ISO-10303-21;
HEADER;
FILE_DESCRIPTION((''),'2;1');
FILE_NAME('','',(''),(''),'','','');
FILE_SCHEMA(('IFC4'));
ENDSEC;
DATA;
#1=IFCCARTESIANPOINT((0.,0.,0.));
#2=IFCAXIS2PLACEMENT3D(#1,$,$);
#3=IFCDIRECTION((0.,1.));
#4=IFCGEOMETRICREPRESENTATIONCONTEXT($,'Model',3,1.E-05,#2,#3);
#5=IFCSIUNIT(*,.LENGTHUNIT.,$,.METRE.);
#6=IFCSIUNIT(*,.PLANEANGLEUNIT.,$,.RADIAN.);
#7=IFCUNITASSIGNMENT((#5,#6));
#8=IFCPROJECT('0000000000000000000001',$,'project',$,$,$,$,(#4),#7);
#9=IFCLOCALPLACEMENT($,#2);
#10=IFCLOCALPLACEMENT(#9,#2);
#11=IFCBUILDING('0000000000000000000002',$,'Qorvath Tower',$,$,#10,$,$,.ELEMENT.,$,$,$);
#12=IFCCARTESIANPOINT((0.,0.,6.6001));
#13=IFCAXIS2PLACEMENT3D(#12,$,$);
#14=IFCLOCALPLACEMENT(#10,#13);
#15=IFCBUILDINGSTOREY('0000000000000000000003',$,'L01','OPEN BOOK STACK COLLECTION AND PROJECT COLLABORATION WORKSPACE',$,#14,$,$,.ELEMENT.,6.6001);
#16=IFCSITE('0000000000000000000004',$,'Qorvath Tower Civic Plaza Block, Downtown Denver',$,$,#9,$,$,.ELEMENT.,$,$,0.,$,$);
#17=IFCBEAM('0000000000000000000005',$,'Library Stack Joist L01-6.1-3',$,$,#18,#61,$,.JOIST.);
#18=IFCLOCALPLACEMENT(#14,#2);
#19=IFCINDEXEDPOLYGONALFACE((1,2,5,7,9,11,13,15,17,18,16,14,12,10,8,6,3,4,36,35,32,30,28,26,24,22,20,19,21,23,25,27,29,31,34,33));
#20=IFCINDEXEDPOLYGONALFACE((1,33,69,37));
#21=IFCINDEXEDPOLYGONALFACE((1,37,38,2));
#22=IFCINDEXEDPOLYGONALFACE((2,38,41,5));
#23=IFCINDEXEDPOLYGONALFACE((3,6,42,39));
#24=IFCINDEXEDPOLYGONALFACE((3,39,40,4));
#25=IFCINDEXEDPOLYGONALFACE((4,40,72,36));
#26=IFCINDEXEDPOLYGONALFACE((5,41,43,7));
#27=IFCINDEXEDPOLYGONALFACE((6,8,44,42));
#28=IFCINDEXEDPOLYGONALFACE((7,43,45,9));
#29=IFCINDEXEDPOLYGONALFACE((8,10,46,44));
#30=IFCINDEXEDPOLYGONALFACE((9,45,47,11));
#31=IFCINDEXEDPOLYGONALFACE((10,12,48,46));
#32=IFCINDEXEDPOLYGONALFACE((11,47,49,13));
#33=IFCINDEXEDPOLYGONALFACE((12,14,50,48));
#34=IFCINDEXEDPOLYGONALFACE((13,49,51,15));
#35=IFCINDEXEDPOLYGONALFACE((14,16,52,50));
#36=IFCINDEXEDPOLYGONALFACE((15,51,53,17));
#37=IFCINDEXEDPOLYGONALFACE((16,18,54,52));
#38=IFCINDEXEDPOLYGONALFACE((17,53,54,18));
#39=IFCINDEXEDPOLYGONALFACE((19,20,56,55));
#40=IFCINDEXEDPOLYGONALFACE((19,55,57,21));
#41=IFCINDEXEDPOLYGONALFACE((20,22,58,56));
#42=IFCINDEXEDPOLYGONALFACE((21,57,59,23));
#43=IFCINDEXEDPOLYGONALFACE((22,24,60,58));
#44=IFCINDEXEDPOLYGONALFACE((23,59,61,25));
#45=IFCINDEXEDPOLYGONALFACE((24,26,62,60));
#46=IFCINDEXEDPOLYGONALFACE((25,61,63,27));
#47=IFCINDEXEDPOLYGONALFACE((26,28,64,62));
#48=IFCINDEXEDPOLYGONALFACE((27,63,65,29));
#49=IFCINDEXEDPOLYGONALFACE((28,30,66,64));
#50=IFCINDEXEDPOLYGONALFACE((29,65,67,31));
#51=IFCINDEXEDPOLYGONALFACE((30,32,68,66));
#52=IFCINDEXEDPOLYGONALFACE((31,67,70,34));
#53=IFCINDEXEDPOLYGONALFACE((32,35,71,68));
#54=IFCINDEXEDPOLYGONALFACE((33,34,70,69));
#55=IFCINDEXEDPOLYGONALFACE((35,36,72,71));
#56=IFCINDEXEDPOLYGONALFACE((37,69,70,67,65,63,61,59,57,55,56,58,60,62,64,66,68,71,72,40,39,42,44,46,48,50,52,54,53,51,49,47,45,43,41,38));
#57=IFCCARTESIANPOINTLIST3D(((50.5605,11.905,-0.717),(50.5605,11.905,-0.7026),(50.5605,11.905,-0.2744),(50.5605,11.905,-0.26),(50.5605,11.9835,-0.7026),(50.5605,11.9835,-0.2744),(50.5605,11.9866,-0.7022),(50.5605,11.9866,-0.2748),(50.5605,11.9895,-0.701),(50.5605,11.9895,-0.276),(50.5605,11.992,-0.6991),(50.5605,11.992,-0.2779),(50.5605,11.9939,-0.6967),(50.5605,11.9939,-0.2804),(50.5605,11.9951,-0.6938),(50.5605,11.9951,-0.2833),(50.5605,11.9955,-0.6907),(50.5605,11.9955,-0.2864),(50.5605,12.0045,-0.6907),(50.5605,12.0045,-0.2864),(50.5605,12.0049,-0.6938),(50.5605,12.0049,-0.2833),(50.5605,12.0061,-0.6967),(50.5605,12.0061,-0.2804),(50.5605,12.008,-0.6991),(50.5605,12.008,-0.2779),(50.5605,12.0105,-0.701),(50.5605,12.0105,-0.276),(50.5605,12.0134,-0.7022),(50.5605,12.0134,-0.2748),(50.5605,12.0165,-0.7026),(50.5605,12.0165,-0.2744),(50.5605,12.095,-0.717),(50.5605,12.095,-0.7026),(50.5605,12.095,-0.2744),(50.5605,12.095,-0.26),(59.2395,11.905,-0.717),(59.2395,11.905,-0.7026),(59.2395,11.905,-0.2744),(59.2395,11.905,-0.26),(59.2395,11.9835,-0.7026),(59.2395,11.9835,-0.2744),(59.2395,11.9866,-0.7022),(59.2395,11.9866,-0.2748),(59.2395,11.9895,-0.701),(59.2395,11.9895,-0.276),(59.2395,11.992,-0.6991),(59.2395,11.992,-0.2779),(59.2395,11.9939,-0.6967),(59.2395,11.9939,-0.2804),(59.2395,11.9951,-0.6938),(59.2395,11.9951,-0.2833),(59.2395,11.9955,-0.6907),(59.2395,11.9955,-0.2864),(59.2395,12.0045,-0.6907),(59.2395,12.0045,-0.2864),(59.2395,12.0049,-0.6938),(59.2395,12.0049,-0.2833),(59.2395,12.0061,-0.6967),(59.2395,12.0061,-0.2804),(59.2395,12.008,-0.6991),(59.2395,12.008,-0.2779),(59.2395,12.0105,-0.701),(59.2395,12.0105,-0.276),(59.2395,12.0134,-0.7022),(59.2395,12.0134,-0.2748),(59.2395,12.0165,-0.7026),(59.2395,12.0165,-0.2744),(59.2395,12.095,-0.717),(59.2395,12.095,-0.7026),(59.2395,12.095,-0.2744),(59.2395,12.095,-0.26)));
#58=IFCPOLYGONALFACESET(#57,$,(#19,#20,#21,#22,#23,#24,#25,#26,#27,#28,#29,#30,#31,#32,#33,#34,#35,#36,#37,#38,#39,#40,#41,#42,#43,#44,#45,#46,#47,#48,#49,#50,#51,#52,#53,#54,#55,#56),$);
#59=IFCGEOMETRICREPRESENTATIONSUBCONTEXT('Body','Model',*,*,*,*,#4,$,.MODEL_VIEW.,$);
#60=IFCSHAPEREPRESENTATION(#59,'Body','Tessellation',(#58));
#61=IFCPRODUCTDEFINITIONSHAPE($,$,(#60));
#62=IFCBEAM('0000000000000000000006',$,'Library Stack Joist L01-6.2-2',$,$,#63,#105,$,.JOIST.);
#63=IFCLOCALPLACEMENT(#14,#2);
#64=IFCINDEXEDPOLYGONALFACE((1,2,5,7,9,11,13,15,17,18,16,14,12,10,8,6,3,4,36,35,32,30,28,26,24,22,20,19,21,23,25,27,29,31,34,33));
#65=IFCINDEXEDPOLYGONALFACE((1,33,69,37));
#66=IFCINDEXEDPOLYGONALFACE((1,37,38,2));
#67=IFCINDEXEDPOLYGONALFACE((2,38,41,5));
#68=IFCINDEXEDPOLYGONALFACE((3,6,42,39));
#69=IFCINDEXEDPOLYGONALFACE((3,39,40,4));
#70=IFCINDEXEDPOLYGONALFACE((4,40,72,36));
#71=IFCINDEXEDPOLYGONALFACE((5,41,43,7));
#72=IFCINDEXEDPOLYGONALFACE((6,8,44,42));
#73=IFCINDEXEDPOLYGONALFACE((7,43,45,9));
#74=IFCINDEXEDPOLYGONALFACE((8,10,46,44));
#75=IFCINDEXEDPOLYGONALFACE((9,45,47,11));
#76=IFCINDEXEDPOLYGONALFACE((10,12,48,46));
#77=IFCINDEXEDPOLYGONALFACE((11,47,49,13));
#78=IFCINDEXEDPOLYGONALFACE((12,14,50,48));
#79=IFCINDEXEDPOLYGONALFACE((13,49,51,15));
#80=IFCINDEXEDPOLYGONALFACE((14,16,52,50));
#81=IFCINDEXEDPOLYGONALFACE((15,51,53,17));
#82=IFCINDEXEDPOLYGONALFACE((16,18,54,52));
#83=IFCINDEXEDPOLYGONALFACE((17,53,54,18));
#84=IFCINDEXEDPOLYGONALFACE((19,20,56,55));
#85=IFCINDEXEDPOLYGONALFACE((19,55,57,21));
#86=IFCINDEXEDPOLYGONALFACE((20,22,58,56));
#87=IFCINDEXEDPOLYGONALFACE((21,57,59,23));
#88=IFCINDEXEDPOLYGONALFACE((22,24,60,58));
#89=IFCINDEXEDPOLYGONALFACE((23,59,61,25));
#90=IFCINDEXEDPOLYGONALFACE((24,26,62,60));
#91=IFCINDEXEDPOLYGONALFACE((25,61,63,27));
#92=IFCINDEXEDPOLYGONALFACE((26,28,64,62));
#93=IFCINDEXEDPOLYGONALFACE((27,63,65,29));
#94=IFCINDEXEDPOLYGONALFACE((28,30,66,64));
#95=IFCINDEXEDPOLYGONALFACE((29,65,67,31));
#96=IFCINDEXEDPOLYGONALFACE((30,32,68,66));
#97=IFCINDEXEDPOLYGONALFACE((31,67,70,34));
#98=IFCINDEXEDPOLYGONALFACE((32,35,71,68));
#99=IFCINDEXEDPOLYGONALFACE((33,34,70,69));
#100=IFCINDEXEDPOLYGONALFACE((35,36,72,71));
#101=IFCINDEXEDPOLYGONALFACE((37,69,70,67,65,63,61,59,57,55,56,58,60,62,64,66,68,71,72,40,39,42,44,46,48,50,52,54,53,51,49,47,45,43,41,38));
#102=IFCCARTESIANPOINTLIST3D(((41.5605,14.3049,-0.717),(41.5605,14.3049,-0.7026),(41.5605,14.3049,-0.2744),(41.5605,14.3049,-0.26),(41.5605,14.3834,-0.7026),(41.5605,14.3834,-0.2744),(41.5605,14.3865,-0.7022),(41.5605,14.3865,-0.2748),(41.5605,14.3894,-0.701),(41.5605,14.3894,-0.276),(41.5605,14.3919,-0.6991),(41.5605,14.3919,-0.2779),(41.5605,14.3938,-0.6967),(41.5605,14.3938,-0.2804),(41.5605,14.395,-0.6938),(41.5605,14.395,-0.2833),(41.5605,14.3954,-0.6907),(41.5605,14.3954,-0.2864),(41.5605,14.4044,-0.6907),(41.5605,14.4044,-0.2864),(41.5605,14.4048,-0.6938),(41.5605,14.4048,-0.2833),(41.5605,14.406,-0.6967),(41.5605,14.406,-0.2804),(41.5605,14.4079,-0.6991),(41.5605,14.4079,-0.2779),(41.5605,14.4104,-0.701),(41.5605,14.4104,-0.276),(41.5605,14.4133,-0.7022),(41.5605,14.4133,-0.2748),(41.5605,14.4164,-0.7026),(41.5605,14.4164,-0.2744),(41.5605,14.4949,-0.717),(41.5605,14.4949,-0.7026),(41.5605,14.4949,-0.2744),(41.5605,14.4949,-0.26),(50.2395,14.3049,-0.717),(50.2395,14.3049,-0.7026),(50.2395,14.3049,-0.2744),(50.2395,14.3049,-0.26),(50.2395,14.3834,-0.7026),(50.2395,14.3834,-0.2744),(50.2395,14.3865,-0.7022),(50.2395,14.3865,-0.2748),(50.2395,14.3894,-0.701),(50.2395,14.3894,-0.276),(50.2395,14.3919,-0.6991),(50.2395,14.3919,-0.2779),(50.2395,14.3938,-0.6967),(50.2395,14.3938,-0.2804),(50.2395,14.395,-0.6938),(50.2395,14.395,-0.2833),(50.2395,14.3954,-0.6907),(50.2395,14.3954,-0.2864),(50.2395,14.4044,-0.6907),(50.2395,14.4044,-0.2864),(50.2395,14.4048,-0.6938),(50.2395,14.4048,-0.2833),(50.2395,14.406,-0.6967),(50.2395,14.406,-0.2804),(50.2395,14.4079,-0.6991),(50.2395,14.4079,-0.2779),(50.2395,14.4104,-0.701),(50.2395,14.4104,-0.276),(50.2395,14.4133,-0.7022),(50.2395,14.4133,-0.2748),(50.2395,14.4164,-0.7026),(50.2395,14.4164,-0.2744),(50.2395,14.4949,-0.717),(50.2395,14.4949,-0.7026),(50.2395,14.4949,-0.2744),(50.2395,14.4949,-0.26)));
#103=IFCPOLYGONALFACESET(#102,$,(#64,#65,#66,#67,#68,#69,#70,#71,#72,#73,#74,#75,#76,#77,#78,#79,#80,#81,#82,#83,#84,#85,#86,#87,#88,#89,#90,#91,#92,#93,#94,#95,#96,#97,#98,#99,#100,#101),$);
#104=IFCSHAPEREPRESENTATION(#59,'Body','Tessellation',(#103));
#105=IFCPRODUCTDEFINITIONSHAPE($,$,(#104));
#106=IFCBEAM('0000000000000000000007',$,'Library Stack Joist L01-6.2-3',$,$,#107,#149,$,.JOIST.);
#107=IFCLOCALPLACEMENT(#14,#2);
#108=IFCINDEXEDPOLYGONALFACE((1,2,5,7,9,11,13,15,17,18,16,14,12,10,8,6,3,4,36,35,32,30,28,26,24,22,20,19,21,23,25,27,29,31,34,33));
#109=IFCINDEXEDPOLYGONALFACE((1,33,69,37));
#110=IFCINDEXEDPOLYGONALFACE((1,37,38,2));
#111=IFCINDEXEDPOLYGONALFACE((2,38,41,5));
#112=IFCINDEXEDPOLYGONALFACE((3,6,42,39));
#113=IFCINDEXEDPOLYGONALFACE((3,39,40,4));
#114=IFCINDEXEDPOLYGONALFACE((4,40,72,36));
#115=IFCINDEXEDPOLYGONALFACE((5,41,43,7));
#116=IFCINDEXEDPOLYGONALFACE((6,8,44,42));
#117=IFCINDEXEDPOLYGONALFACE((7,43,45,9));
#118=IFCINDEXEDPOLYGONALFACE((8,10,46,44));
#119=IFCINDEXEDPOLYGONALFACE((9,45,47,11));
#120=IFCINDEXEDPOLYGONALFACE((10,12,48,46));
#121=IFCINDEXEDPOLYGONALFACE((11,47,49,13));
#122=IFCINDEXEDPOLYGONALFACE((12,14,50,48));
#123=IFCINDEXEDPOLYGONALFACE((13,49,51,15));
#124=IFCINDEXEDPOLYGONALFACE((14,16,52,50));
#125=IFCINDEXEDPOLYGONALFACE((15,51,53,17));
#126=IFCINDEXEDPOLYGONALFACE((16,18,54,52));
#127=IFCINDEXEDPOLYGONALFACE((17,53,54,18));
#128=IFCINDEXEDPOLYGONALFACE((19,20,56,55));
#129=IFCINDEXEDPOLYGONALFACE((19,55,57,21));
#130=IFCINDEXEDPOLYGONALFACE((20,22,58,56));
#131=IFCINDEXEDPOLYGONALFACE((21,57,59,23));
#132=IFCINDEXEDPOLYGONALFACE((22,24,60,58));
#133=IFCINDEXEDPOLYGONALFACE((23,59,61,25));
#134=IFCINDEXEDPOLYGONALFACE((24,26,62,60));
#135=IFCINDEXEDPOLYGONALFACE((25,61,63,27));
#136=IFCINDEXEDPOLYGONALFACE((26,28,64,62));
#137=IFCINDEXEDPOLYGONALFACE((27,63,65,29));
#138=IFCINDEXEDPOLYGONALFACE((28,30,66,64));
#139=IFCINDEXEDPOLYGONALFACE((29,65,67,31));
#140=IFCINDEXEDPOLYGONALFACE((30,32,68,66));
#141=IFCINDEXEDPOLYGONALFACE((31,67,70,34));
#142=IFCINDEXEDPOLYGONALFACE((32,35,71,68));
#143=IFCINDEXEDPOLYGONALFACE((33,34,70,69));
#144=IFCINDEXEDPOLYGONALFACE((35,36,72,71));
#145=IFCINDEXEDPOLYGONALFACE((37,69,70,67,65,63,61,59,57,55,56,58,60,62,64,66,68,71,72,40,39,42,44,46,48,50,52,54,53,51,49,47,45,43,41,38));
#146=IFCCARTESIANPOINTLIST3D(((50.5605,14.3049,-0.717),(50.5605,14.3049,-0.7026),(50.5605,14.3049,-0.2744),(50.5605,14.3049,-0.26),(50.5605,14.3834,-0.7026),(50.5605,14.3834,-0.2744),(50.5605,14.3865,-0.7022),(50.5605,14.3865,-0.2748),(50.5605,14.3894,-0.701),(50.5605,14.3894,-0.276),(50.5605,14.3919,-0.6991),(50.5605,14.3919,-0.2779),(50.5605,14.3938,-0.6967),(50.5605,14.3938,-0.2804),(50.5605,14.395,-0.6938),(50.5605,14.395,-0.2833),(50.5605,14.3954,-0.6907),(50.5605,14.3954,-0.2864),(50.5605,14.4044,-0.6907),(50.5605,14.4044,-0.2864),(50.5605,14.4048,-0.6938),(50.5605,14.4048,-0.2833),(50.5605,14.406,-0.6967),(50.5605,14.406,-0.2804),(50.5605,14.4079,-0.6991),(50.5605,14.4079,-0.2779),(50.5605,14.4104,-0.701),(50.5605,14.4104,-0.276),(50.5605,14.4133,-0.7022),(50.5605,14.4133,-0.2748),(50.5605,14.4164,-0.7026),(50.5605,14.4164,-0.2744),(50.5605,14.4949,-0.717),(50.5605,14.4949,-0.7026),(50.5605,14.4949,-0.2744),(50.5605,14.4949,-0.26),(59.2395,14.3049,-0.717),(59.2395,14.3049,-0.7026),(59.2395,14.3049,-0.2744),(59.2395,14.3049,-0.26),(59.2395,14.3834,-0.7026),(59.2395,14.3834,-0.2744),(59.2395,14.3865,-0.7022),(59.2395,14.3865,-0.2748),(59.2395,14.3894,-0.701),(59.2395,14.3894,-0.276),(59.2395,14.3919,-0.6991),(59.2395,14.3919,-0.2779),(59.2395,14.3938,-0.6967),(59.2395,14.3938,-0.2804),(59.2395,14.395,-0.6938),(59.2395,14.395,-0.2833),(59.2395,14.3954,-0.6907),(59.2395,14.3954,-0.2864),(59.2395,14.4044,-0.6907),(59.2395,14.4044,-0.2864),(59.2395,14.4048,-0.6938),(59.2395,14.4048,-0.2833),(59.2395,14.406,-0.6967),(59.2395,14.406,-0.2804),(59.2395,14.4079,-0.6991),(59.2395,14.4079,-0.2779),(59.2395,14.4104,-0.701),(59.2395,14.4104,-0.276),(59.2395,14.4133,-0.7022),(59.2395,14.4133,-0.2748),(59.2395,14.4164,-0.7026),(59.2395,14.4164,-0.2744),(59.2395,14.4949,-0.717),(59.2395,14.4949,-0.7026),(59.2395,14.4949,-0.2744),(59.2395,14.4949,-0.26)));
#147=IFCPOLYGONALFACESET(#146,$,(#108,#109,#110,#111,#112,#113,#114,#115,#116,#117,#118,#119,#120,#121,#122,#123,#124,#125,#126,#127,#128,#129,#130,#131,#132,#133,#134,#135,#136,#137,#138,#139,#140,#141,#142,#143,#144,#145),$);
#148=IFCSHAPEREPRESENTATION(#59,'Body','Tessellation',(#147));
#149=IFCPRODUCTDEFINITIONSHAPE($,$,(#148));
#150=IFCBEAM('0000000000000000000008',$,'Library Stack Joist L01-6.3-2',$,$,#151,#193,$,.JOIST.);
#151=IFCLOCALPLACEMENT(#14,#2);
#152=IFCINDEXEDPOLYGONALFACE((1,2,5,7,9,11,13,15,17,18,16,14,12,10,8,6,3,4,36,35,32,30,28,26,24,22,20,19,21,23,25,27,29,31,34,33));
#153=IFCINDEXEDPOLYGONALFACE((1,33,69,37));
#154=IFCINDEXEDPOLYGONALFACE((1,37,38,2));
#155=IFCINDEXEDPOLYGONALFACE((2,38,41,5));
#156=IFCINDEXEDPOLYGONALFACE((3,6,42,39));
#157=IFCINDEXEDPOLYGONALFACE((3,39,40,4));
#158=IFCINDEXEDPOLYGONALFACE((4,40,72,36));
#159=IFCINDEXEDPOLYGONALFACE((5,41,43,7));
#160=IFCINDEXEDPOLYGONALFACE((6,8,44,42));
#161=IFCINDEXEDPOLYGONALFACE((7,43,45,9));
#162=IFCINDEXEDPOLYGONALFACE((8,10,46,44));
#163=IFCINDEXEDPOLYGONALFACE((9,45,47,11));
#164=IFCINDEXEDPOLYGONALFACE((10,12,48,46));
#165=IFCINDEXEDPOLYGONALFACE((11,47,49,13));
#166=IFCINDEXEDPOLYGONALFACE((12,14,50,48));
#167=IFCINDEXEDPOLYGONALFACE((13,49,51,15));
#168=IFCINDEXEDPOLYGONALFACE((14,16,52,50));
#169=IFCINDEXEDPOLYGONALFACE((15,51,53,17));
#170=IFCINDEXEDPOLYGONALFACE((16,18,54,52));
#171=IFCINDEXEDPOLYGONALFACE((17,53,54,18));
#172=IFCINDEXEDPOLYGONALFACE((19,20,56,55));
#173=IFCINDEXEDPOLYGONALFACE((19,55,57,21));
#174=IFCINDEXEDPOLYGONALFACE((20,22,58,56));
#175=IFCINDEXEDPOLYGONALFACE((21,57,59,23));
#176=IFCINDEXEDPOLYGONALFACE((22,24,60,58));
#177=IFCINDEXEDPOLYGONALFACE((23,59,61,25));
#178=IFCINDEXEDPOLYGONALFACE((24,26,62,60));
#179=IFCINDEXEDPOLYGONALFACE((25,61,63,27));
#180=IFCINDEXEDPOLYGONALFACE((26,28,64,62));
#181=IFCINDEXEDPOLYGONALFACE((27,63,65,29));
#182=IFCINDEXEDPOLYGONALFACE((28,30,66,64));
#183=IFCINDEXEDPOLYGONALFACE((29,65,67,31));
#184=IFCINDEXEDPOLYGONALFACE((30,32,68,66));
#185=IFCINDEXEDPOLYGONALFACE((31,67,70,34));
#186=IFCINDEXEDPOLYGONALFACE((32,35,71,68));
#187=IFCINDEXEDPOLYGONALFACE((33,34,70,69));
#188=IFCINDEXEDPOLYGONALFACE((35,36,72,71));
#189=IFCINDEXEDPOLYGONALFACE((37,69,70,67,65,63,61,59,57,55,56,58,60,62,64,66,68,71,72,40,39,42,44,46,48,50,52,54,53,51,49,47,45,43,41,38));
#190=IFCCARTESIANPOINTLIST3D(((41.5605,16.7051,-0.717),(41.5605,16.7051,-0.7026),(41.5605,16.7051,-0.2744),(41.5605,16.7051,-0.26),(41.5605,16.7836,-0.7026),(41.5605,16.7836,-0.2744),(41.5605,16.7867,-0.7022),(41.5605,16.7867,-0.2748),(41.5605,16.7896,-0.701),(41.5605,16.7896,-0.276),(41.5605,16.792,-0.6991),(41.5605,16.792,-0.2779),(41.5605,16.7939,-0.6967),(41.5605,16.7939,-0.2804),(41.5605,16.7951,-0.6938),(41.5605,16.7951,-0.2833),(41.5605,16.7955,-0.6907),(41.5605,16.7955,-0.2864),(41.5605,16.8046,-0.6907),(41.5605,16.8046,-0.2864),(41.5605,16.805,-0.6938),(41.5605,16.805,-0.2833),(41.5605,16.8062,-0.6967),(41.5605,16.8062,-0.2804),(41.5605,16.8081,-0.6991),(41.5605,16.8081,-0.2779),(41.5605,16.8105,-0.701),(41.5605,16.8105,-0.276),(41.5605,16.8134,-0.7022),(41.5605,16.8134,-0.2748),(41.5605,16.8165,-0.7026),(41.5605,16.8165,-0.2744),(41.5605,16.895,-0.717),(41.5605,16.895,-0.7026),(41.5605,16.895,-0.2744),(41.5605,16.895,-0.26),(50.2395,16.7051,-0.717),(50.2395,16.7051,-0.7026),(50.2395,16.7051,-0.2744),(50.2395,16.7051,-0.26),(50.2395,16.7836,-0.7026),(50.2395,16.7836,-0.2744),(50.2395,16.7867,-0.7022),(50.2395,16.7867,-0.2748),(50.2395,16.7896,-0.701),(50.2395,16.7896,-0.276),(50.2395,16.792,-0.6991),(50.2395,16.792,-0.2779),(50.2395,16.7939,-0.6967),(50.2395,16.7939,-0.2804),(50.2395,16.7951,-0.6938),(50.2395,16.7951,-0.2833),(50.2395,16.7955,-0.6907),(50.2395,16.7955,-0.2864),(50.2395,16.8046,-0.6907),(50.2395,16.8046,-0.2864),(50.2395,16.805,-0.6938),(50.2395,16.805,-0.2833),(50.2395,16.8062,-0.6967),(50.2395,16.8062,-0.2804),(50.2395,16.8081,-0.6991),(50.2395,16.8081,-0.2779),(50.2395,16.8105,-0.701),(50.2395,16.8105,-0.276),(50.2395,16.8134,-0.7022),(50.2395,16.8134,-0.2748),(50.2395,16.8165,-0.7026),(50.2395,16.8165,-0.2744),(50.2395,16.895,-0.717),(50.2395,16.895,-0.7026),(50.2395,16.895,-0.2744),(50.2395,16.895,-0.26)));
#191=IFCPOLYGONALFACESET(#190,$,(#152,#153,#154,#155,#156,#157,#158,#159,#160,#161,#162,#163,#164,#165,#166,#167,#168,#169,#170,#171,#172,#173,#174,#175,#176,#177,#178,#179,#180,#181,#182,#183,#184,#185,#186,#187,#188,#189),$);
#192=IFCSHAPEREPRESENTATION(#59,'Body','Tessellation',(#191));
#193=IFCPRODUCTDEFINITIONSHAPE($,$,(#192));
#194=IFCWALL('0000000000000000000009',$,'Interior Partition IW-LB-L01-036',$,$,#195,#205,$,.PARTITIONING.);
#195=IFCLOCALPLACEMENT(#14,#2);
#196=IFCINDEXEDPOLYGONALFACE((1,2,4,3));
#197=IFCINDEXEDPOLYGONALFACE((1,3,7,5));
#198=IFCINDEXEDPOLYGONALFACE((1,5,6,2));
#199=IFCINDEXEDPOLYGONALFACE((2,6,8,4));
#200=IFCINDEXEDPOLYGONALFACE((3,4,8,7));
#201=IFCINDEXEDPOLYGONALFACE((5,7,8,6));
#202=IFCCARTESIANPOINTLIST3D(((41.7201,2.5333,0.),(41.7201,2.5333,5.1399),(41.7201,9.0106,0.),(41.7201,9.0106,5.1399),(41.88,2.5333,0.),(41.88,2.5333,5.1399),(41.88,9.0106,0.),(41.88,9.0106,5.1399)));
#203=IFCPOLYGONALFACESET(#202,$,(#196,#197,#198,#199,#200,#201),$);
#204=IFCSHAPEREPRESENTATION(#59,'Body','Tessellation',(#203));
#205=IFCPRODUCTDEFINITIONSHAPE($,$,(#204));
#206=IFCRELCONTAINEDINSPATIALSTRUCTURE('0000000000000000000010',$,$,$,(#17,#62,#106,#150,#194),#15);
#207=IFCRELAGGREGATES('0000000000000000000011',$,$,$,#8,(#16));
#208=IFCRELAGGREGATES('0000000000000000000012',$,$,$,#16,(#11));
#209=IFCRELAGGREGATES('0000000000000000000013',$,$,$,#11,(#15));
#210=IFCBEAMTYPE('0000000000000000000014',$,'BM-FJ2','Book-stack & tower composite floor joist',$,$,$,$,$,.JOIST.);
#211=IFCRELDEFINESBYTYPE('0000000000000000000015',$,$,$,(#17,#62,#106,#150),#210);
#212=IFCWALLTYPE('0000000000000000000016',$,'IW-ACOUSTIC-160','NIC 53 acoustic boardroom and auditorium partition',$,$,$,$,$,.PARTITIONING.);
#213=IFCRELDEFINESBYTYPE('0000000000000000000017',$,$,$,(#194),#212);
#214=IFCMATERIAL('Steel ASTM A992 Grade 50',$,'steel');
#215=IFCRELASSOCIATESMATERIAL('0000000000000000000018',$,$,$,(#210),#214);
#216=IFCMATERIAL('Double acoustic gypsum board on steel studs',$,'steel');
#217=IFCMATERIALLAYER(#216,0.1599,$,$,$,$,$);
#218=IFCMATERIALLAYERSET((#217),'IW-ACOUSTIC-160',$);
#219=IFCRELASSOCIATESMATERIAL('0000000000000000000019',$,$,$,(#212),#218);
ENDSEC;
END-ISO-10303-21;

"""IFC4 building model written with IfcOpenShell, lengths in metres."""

from ifc_helpers import new_model, si_unit, direction, frame, frame_2d, origin, origin_2d, place, context, subcontext, project, spatial, rectangle, i_section, extrude, material, layer, layer_set, material_profile, profile_set, type_object, element, save


model = new_model("IFC4")

# Units and contexts
model_context = context("Model", 3, precision=1e-05, world=origin(), true_north=direction((0.0, 1.0)))
body_context = subcontext(model_context, "Body", "Model", "MODEL_VIEW")
ifc_project = project(units=[si_unit("LENGTHUNIT", "METRE"), si_unit("PLANEANGLEUNIT", "RADIAN")], contexts=[model_context])

# Site, building, storey
site_placement = place(None, origin())
site = spatial("IfcSite", under=ifc_project, at=site_placement, Name="Qorvath Tower Civic Plaza Block, Downtown Denver", CompositionType="ELEMENT", RefElevation=0.0)
building_placement = place(site_placement, origin())
building = spatial("IfcBuilding", under=site, at=building_placement, Name="Qorvath Tower", CompositionType="ELEMENT")
storey_placement = place(building_placement, frame((0.0, 0.0, 6.6001)))
storey = spatial("IfcBuildingStorey", under=building, at=storey_placement, Name="L01", Description="OPEN BOOK STACK COLLECTION AND PROJECT COLLABORATION WORKSPACE", CompositionType="ELEMENT", Elevation=6.6001)

# Beams
ifc_material_1 = material(Name="Steel ASTM A992 Grade 50", Category="steel")
ifc_material_profile_1 = material_profile(ifc_material_1, i_section(OverallWidth=0.1899, OverallDepth=0.457, WebThickness=0.009, FlangeThickness=0.0144, FilletRadius=0.012, at=origin_2d()), Name="W18x50")
ifc_profile_set_1 = profile_set([ifc_material_profile_1], Name="Steel ASTM A992 Grade 50")
beam_type_1 = type_object("IfcBeamType", Name="BM-FJ2", Description="Book-stack & tower composite floor joist", PredefinedType="JOIST", material=ifc_profile_set_1)
for number, where, z_axis, x_axis, name in (
    (1, (50.5605, 12.0, -0.4885), (1.0, 0.0, 0.0), (0.0, 1.0, 0.0), "Library Stack Joist L01-6.1-3"),
    (2, (41.5605, 14.3999, -0.4885), (1.0, 0.0, 0.0), (0.0, 1.0, 0.0), "Library Stack Joist L01-6.2-2"),
    (3, (50.5605, 14.3999, -0.4885), (1.0, 0.0, 0.0), (0.0, 1.0, 0.0), "Library Stack Joist L01-6.2-3"),
    (4, (41.5605, 16.8, -0.4885), (1.0, 0.0, 0.0), (0.0, 1.0, 0.0), "Library Stack Joist L01-6.3-2"),
):
    element("IfcBeam", number, at=place(storey_placement, frame(where, z_axis=z_axis, x_axis=x_axis)), inside=storey, type_object=beam_type_1, Name=name, PredefinedType="JOIST", context=body_context, shape_type="SweptSolid", body=[
        extrude(i_section(OverallWidth=0.1899, OverallDepth=0.457, WebThickness=0.009, FlangeThickness=0.0144, FilletRadius=0.012, at=origin_2d()), origin(), (0.0, 0.0, 1.0), 8.679),
    ])

# Wall
ifc_material_2 = material(Name="Double acoustic gypsum board on steel studs", Category="steel")
ifc_layer_1 = layer(ifc_material_2, 0.1599)
ifc_layer_set_1 = layer_set([ifc_layer_1], Name="IW-ACOUSTIC-160")
wall_type_1 = type_object("IfcWallType", Name="IW-ACOUSTIC-160", Description="NIC 53 acoustic boardroom and auditorium partition", PredefinedType="PARTITIONING", material=ifc_layer_set_1)
wall_1_placement = place(storey_placement, frame((41.8, 2.5332, 0.0), z_axis=(0.0, 0.0, 1.0), x_axis=(0.0, 1.0, 0.0)))
element("IfcWall", 5, at=wall_1_placement, inside=storey, type_object=wall_type_1, Name="Interior Partition IW-LB-L01-036", PredefinedType="PARTITIONING", context=body_context, shape_type="SweptSolid", body=[
    extrude(rectangle(XDim=6.4773, YDim=0.1599, at=frame_2d((3.2388, 0.0))), origin(), (0.0, 0.0, 1.0), 5.1399),
])

save(model, "model.ifc")
